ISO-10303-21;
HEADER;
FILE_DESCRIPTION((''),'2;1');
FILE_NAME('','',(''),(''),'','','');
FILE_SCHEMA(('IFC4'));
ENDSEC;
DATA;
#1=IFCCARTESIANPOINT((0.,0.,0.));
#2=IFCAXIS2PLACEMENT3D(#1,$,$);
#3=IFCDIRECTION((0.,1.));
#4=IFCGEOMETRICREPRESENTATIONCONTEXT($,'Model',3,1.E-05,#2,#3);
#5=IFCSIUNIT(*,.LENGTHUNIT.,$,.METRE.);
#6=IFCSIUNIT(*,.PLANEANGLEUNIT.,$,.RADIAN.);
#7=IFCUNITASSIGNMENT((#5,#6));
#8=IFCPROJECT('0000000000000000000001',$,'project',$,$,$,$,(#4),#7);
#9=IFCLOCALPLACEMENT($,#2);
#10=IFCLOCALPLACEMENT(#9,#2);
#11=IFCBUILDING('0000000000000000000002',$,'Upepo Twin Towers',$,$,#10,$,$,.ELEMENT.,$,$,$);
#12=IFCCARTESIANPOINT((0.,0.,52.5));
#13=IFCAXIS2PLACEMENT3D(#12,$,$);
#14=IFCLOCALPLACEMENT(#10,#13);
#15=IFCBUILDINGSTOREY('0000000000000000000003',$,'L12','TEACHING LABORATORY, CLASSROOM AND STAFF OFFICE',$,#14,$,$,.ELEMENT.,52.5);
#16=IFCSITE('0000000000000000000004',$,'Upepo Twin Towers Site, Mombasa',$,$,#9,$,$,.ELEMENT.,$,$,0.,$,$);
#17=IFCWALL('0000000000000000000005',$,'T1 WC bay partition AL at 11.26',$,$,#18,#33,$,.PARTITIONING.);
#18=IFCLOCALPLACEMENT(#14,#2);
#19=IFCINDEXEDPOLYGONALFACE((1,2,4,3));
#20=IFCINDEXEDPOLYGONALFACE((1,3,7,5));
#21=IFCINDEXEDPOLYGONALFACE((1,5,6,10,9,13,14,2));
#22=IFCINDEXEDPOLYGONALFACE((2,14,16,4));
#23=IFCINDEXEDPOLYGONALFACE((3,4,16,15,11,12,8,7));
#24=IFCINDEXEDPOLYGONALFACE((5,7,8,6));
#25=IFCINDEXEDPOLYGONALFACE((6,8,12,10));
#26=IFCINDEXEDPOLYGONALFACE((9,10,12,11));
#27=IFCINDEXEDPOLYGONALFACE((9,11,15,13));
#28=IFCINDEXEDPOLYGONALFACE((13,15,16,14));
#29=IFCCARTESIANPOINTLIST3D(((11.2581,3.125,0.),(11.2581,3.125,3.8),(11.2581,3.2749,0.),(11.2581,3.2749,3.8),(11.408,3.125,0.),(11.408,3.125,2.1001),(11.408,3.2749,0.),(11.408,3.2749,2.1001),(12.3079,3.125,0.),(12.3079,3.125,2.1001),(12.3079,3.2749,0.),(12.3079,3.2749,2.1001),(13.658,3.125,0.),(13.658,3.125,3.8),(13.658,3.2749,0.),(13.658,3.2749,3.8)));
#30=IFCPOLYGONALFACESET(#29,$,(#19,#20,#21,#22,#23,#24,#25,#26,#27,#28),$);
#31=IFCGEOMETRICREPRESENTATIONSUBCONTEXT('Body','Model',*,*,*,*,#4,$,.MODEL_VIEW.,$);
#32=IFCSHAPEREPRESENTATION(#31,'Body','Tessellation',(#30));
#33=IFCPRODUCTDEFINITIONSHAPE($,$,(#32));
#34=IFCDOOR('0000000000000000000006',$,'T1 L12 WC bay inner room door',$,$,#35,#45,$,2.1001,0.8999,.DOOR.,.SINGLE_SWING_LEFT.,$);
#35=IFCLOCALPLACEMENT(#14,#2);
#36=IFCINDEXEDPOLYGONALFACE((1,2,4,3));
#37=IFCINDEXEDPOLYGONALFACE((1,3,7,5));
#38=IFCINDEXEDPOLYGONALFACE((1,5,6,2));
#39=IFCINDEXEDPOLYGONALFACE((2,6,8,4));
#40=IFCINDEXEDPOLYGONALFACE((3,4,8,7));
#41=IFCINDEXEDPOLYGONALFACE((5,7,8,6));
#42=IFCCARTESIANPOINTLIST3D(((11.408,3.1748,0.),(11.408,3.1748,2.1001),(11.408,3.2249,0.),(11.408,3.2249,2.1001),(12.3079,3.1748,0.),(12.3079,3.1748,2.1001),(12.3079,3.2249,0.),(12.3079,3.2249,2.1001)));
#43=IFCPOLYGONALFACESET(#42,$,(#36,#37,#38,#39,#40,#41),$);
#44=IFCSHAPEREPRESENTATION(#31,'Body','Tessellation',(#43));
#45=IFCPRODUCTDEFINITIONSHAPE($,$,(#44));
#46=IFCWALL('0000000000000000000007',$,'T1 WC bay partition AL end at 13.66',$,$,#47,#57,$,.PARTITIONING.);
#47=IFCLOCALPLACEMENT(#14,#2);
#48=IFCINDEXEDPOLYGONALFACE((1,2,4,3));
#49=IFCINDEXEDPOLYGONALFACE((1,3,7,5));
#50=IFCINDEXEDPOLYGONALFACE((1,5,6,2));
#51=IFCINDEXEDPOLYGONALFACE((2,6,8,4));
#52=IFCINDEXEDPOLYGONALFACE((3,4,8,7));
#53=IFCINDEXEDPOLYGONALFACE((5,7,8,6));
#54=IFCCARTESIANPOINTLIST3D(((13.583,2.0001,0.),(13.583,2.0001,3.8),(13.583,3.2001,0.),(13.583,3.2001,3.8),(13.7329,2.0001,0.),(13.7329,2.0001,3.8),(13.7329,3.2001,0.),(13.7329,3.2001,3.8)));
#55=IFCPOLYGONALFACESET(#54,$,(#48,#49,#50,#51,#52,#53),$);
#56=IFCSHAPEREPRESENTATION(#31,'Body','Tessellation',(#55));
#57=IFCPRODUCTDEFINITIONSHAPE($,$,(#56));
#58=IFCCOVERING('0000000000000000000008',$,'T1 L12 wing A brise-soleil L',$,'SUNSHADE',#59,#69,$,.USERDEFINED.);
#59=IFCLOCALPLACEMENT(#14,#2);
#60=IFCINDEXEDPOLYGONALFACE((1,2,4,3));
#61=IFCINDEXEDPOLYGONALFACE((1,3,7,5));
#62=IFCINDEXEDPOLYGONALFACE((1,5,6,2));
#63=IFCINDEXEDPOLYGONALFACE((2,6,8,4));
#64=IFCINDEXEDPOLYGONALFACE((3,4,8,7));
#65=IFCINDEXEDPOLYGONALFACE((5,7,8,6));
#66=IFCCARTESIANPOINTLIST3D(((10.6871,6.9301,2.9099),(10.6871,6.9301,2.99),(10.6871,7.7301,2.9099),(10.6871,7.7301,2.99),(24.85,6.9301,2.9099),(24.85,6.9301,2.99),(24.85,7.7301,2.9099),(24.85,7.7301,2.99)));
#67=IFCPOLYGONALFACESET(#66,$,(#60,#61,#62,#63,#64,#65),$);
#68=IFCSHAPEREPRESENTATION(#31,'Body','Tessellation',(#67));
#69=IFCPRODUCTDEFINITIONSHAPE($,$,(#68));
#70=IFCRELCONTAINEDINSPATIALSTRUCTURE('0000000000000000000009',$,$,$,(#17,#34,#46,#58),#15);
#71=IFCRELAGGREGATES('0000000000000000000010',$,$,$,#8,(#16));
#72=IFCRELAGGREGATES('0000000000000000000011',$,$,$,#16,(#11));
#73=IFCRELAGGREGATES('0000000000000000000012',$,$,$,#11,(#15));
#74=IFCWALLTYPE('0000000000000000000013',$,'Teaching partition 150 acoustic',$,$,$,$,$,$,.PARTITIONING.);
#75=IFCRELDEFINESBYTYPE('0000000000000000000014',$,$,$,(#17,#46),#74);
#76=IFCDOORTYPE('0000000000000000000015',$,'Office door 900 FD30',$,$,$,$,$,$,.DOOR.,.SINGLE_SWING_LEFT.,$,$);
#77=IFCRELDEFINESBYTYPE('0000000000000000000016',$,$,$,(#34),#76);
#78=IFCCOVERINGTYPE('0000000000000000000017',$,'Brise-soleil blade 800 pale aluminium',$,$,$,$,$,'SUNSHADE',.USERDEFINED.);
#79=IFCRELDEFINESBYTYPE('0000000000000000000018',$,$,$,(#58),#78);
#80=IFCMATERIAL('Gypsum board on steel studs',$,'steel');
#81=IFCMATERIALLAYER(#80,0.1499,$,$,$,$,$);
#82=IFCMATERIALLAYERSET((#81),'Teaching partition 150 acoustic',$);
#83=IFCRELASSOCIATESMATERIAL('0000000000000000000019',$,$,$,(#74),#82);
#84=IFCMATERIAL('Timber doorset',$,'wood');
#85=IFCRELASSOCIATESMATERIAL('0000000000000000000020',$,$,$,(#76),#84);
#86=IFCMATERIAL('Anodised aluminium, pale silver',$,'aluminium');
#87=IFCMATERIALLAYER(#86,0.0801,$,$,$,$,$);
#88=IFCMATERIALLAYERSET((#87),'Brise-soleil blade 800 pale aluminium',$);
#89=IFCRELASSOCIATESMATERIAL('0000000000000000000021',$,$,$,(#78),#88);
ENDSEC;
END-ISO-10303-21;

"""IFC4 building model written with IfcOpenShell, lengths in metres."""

from ifc_helpers import new_model, si_unit, direction, frame, frame_2d, origin, origin_2d, place, context, subcontext, project, spatial, rectangle, extrude, material, layer, layer_set, type_object, element, fill, save


model = new_model("IFC4")

# Units and contexts
model_context = context("Model", 3, precision=1e-05, world=origin(), true_north=direction((0.0, 1.0)))
body_context = subcontext(model_context, "Body", "Model", "MODEL_VIEW")
ifc_project = project(units=[si_unit("LENGTHUNIT", "METRE"), si_unit("PLANEANGLEUNIT", "RADIAN")], contexts=[model_context])

# Site, building, storey
site_placement = place(None, origin())
site = spatial("IfcSite", under=ifc_project, at=site_placement, Name="Upepo Twin Towers Site, Mombasa", CompositionType="ELEMENT", RefElevation=0.0)
building_placement = place(site_placement, origin())
building = spatial("IfcBuilding", under=site, at=building_placement, Name="Upepo Twin Towers", CompositionType="ELEMENT")
storey_placement = place(building_placement, frame((0.0, 0.0, 52.5)))
storey = spatial("IfcBuildingStorey", under=building, at=storey_placement, Name="L12", Description="TEACHING LABORATORY, CLASSROOM AND STAFF OFFICE", CompositionType="ELEMENT", Elevation=52.5)

# Shared definitions
ifc_material_1 = material(Name="Gypsum board on steel studs", Category="steel")
ifc_layer_1 = layer(ifc_material_1, 0.1499)
ifc_layer_set_1 = layer_set([ifc_layer_1], Name="Teaching partition 150 acoustic")
wall_type_1 = type_object("IfcWallType", Name="Teaching partition 150 acoustic", PredefinedType="PARTITIONING", material=ifc_layer_set_1)

# Wall, opening, door
wall_1_placement = place(storey_placement, frame((11.2581, 3.2, 0.0), z_axis=(0.0, 0.0, 1.0), x_axis=(1.0, 0.0, 0.0)))
wall_1 = element("IfcWall", 1, at=wall_1_placement, inside=storey, type_object=wall_type_1, Name="T1 WC bay partition AL at 11.26", PredefinedType="PARTITIONING", context=body_context, shape_type="SweptSolid", body=[
    extrude(rectangle(XDim=2.3999, YDim=0.1499, at=frame_2d((1.2, 0.0))), origin(), (0.0, 0.0, 1.0), 3.8),
])
opening_1_placement = place(wall_1_placement, frame((0.1499, 0.0, 0.0)))
opening_1 = element("IfcOpeningElement", 2, at=opening_1_placement, cuts=wall_1, PredefinedType="OPENING", context=body_context, shape_type="SweptSolid", body=[
    extrude(rectangle(XDim=0.8999, YDim=2.1001, at=frame_2d((0.45, 1.05))), frame((0.0, 0.085, 0.0), z_axis=(0.0, -1.0, 0.0), x_axis=(1.0, 0.0, 0.0)), (0.0, 0.0, 1.0), 0.1699),
])
ifc_material_2 = material(Name="Timber doorset", Category="wood")
door_type_1 = type_object("IfcDoorType", Name="Office door 900 FD30", OperationType="SINGLE_SWING_LEFT", PredefinedType="DOOR", material=ifc_material_2)
door_1_placement = place(opening_1_placement, origin())
door_1 = element("IfcDoor", 3, at=door_1_placement, inside=storey, type_object=door_type_1, Name="T1 L12 WC bay inner room door", OperationType="SINGLE_SWING_LEFT", OverallHeight=2.1001, OverallWidth=0.8999, PredefinedType="DOOR", context=body_context, shape_type="SweptSolid", body=[
    extrude(rectangle(XDim=0.8999, YDim=2.1001, at=frame_2d((0.45, 1.05))), frame((0.0, 0.0249, 0.0), z_axis=(0.0, -1.0, 0.0), x_axis=(1.0, 0.0, 0.0)), (0.0, 0.0, 1.0), 0.05),
])
fill(opening_1, door_1)

# Wall
wall_2_placement = place(storey_placement, frame((13.658, 2.0, 0.0), z_axis=(0.0, 0.0, 1.0), x_axis=(0.0, 1.0, 0.0)))
element("IfcWall", 4, at=wall_2_placement, inside=storey, type_object=wall_type_1, Name="T1 WC bay partition AL end at 13.66", PredefinedType="PARTITIONING", context=body_context, shape_type="SweptSolid", body=[
    extrude(rectangle(XDim=1.2, YDim=0.1499, at=frame_2d((0.6001, 0.0))), origin(), (0.0, 0.0, 1.0), 3.8),
])

# Covering
ifc_material_3 = material(Name="Anodised aluminium, pale silver", Category="aluminium")
ifc_layer_2 = layer(ifc_material_3, 0.0801)
ifc_layer_set_2 = layer_set([ifc_layer_2], Name="Brise-soleil blade 800 pale aluminium")
covering_type = type_object("IfcCoveringType", Name="Brise-soleil blade 800 pale aluminium", ElementType="SUNSHADE", PredefinedType="USERDEFINED", material=ifc_layer_set_2)
covering_placement = place(storey_placement, frame((17.7686, 7.3301, 2.9099), z_axis=(0.0, 0.0, 1.0), x_axis=(1.0, 0.0, 0.0)))
element("IfcCovering", 5, at=covering_placement, inside=storey, type_object=covering_type, Name="T1 L12 wing A brise-soleil L", ObjectType="SUNSHADE", PredefinedType="USERDEFINED", context=body_context, shape_type="SweptSolid", body=[
    extrude(rectangle(XDim=14.1628, YDim=0.8, at=origin_2d()), origin(), (0.0, 0.0, 1.0), 0.0801),
])

save(model, "model.ifc")
